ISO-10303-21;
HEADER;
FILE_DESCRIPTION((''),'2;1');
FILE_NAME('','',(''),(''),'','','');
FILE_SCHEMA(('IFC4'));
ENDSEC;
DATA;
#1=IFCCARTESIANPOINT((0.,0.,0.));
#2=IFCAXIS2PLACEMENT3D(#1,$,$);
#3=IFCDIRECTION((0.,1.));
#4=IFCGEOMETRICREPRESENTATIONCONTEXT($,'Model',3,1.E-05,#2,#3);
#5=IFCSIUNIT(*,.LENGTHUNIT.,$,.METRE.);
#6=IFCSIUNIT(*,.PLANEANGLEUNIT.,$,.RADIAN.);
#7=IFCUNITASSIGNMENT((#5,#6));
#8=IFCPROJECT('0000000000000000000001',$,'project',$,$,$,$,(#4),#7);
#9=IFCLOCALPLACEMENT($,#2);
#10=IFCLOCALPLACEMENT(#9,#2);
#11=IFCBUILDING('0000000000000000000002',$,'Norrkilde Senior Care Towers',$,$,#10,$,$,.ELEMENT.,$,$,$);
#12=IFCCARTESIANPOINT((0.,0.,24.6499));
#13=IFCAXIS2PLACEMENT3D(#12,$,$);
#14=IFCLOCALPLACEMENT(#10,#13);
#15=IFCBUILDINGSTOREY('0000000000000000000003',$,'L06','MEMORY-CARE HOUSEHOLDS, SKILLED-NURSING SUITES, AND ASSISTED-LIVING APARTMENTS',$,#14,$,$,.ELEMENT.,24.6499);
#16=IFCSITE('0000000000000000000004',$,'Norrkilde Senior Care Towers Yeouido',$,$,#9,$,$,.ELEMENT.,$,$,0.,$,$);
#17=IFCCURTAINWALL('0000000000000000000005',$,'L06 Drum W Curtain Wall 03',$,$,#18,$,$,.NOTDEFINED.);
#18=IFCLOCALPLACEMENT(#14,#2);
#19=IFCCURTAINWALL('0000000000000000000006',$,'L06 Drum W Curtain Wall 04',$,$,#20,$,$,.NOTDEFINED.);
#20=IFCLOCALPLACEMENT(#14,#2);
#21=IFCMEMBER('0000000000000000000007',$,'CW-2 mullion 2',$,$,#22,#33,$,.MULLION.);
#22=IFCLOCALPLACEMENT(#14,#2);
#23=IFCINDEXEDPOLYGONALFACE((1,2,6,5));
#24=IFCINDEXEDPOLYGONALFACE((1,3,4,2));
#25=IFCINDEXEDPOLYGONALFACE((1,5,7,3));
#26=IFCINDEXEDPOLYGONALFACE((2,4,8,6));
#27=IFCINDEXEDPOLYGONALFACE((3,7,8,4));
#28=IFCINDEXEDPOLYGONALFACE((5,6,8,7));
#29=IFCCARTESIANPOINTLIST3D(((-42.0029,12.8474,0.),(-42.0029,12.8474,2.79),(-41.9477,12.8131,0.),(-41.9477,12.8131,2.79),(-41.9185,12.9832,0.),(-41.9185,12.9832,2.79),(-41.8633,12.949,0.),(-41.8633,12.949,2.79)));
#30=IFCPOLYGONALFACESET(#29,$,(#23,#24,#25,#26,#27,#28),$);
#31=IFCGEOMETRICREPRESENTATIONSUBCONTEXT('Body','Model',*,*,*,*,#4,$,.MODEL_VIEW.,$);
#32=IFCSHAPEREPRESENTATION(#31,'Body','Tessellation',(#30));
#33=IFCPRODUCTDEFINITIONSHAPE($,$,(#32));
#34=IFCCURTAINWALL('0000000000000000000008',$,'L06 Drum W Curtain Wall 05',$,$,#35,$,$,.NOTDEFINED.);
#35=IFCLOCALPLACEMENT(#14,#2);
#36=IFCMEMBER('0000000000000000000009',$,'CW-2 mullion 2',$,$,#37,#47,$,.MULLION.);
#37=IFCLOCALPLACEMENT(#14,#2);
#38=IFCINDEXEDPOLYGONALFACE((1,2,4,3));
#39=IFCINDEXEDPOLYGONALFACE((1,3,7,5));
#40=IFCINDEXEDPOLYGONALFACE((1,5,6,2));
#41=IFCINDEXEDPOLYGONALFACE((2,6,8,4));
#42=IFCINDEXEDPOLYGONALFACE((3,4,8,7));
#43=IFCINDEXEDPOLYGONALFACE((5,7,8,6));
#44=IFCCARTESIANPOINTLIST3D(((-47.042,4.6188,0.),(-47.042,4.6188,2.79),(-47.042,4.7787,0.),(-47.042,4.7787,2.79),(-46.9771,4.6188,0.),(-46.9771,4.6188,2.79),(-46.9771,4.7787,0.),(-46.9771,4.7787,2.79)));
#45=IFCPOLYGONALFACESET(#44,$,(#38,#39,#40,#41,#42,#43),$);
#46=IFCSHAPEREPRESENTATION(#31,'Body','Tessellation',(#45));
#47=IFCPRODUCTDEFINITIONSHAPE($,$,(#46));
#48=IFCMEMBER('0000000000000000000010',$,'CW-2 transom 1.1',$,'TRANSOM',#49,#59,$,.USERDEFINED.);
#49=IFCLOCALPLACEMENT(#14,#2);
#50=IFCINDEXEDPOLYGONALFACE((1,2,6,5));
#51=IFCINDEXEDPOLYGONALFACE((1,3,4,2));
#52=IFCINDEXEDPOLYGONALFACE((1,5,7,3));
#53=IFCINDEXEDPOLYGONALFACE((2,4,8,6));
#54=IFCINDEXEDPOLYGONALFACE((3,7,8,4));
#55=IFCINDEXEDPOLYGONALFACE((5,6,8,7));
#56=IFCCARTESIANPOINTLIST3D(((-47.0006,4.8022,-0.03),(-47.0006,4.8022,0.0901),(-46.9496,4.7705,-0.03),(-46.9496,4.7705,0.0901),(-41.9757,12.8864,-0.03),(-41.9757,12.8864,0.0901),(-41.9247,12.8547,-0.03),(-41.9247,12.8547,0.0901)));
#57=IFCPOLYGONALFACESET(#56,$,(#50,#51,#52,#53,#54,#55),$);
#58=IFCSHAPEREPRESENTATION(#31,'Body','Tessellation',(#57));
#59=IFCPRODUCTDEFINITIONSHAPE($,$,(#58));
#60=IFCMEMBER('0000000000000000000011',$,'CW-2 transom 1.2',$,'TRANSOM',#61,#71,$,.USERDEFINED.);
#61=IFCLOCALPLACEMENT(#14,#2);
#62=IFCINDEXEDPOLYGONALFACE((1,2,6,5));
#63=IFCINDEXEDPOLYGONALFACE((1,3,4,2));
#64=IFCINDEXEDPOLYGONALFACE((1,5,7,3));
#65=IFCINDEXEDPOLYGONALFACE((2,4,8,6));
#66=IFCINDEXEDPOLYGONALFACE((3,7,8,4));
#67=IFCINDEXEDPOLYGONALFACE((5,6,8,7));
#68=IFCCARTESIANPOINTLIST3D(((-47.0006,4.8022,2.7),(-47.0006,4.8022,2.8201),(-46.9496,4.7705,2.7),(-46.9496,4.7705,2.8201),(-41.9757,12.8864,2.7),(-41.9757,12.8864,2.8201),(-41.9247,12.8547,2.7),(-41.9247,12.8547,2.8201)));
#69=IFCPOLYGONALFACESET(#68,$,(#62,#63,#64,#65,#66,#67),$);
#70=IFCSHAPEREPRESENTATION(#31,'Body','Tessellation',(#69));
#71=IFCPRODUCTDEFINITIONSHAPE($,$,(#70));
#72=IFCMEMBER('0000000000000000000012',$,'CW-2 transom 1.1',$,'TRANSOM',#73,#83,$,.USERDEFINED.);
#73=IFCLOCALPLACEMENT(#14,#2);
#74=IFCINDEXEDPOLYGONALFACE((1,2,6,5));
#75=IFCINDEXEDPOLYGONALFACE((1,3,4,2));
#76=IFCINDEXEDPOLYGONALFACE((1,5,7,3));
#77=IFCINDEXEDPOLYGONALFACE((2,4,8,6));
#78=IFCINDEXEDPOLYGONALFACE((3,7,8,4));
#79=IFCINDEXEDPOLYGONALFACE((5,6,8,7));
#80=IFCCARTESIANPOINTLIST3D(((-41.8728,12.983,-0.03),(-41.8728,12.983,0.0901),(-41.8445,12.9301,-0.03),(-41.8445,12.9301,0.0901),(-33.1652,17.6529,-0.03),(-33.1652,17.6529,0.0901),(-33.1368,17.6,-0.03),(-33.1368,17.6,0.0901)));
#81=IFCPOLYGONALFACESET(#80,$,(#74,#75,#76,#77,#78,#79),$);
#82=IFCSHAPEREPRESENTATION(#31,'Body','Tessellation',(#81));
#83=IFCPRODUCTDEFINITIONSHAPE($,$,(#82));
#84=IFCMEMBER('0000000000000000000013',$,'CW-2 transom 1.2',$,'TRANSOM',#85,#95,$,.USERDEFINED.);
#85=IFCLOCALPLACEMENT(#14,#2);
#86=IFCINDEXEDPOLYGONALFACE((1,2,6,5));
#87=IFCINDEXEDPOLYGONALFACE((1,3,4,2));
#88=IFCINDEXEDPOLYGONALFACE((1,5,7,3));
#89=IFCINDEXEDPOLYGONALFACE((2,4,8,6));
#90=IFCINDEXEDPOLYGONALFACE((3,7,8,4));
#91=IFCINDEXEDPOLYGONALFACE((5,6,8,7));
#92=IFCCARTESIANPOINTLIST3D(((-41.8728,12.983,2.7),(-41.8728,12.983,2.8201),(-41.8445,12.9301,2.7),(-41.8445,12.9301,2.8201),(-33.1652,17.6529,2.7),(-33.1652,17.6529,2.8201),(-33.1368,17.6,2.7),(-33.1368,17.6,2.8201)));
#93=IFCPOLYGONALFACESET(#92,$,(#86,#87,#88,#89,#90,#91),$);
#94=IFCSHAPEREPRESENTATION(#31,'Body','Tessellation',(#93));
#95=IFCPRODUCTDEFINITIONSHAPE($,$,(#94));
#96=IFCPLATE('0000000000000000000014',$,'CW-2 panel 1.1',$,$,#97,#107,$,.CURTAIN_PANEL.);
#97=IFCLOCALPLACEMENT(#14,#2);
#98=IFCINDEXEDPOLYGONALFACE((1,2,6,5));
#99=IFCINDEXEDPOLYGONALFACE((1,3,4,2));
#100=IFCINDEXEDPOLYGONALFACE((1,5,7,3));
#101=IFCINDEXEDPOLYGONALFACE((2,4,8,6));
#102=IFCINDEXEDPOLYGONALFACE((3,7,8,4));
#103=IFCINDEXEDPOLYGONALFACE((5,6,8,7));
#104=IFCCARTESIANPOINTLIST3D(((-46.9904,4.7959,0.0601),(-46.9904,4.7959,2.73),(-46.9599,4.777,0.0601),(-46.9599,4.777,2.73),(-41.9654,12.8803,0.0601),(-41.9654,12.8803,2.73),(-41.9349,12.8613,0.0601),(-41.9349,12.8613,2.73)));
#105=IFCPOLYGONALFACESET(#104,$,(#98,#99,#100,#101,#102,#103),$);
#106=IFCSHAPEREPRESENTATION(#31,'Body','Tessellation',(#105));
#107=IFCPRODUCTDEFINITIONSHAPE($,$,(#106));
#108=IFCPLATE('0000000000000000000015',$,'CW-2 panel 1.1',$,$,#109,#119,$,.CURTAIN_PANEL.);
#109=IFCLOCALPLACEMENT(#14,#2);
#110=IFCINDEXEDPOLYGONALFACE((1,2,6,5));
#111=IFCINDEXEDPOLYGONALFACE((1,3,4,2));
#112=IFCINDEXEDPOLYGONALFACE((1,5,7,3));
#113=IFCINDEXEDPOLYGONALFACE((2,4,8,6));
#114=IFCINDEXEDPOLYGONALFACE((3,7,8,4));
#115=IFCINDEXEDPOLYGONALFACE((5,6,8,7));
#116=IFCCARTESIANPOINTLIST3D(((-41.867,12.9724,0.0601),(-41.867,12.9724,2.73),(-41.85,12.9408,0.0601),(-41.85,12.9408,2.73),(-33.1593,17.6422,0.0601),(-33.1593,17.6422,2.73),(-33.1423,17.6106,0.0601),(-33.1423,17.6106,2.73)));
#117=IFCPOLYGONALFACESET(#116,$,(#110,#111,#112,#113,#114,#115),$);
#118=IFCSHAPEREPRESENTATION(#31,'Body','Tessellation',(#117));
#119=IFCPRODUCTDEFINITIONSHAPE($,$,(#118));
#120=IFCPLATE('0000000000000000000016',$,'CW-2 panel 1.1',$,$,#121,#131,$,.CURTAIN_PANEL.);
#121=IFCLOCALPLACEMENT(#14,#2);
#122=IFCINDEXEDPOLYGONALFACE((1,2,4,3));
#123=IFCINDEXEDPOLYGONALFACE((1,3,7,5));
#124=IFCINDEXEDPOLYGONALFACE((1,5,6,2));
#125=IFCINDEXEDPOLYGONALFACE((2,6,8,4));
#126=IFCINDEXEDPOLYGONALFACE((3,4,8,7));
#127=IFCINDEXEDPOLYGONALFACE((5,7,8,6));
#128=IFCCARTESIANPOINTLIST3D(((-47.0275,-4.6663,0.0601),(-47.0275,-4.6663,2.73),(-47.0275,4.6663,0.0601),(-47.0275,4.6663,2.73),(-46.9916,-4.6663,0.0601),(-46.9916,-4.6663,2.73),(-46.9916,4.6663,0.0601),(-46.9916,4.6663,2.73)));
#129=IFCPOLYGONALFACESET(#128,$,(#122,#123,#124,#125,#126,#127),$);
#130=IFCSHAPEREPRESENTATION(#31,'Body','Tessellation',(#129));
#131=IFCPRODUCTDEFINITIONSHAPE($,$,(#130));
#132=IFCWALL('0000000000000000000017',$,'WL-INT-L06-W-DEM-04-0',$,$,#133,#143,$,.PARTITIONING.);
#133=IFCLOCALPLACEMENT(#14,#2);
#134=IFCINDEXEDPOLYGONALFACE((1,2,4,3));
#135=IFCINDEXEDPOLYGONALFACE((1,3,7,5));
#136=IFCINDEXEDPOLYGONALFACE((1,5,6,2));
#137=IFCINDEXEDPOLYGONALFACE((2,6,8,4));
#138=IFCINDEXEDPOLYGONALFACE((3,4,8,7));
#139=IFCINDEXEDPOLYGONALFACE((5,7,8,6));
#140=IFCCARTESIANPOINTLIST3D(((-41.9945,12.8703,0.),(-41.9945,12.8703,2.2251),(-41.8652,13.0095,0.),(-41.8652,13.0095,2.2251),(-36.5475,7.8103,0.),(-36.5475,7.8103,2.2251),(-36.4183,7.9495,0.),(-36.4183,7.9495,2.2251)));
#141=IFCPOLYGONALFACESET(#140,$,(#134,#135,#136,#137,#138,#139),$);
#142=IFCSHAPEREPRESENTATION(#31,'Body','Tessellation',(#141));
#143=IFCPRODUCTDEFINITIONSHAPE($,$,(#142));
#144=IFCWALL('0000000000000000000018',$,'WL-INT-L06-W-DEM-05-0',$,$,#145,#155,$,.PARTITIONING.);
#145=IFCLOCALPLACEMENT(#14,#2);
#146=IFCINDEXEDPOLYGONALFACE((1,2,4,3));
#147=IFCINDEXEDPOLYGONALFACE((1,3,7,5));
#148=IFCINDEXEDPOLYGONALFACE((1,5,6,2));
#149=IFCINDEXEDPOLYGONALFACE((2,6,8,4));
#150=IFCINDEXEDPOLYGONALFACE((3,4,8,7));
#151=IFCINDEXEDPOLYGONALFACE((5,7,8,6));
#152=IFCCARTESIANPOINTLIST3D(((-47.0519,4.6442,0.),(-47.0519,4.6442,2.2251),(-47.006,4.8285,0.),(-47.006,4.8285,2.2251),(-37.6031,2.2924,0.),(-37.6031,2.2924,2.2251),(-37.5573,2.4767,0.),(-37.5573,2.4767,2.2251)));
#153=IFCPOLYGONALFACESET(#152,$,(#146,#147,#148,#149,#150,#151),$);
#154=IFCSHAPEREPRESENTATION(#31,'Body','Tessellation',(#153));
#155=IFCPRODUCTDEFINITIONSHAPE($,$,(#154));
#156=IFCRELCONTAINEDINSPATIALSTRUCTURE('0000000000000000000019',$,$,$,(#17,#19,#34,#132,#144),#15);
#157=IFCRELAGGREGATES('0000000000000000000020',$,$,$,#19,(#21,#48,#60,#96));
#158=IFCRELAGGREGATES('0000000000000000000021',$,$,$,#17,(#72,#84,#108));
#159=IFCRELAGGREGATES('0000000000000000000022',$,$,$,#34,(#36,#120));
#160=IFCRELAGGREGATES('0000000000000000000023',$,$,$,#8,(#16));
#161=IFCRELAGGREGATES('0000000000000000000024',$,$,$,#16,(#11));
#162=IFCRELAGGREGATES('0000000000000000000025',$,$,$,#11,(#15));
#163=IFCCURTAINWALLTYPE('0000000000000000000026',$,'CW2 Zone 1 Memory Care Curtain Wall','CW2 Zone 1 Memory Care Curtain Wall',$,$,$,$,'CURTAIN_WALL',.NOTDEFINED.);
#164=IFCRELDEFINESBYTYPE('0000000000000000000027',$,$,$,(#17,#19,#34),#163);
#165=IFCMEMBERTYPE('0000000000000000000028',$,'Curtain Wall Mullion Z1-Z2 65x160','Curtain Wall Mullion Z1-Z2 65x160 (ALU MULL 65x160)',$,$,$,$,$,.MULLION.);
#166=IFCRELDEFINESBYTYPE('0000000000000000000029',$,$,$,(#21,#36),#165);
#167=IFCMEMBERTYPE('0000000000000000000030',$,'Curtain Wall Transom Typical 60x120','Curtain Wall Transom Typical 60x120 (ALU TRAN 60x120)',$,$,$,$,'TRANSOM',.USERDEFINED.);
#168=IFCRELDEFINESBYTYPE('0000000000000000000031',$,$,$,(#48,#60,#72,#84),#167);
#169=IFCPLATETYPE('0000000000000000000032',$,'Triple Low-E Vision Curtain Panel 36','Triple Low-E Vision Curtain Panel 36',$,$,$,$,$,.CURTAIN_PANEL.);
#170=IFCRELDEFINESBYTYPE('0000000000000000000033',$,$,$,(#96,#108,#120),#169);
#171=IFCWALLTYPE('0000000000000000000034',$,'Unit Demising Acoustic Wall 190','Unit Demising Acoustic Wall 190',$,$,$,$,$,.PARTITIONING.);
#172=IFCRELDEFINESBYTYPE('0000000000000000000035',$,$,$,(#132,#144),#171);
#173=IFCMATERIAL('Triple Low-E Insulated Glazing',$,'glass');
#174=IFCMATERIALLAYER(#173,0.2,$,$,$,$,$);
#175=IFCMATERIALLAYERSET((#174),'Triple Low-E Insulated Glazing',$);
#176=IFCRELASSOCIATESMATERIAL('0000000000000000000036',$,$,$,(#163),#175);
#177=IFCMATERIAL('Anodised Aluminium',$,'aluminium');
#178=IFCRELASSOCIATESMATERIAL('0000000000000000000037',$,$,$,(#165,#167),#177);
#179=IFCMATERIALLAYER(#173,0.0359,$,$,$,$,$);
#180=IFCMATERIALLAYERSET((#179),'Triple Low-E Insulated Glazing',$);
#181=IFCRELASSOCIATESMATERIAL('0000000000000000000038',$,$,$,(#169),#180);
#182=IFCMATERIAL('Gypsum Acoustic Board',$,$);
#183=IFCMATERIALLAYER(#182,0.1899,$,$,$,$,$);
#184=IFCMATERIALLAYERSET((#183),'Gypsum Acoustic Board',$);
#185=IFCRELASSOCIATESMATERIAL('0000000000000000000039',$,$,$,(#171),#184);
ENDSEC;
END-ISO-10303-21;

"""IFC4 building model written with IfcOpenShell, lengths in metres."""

from ifc_helpers import new_model, si_unit, direction, frame, frame_2d, origin, origin_2d, place, context, subcontext, project, spatial, rectangle, extrude, source, transform, mapped, material, layer, layer_set, material_profile, profile_set, type_object, type_shapes, element, aggregate, save


model = new_model("IFC4")

# Units and contexts
model_context = context("Model", 3, precision=1e-05, world=origin(), true_north=direction((0.0, 1.0)))
body_context = subcontext(model_context, "Body", "Model", "MODEL_VIEW")
ifc_project = project(units=[si_unit("LENGTHUNIT", "METRE"), si_unit("PLANEANGLEUNIT", "RADIAN")], contexts=[model_context])

# Site, building, storey
site_placement = place(None, origin())
site = spatial("IfcSite", under=ifc_project, at=site_placement, Name="Norrkilde Senior Care Towers Yeouido", CompositionType="ELEMENT", RefElevation=0.0)
building_placement = place(site_placement, origin())
building = spatial("IfcBuilding", under=site, at=building_placement, Name="Norrkilde Senior Care Towers", CompositionType="ELEMENT")
storey_placement = place(building_placement, frame((0.0, 0.0, 24.6499)))
storey = spatial("IfcBuildingStorey", under=building, at=storey_placement, Name="L06", Description="MEMORY-CARE HOUSEHOLDS, SKILLED-NURSING SUITES, AND ASSISTED-LIVING APARTMENTS", CompositionType="ELEMENT", Elevation=24.6499)

# Curtain wall
ifc_material_1 = material(Name="Triple Low-E Insulated Glazing", Category="glass")
ifc_layer_1 = layer(ifc_material_1, 0.2)
ifc_layer_set_1 = layer_set([ifc_layer_1], Name="Triple Low-E Insulated Glazing")
curtain_wall_type = type_object("IfcCurtainWallType", Name="CW2 Zone 1 Memory Care Curtain Wall", Description="CW2 Zone 1 Memory Care Curtain Wall", ElementType="CURTAIN_WALL", PredefinedType="NOTDEFINED", material=ifc_layer_set_1)
curtain_wall_1_placement = place(storey_placement, origin())
curtain_wall_1 = element("IfcCurtainWall", 1, at=curtain_wall_1_placement, inside=storey, type_object=curtain_wall_type, Name="L06 Drum W Curtain Wall 03", PredefinedType="NOTDEFINED")
ifc_material_2 = material(Name="Anodised Aluminium", Category="aluminium")
ifc_material_profile_1 = material_profile(ifc_material_2, rectangle(XDim=0.0649, YDim=0.1599, at=origin_2d()), Name="ALU MULL 65x160")
ifc_profile_set_1 = profile_set([ifc_material_profile_1], Name="Anodised Aluminium")
member_type_1 = type_object("IfcMemberType", Name="Curtain Wall Mullion Z1-Z2 65x160", Description="Curtain Wall Mullion Z1-Z2 65x160 (ALU MULL 65x160)", PredefinedType="MULLION", material=ifc_profile_set_1)
shared_shape_1 = source(origin(), body_context, "Body", "SweptSolid", [
    extrude(rectangle(XDim=0.0649, YDim=0.1599, at=origin_2d()), origin(), (0.0, 0.0, 1.0), 2.79),
])
type_shapes(member_type_1, [shared_shape_1])

# Curtain wall, member
curtain_wall_2_placement = place(storey_placement, origin())
curtain_wall_2 = element("IfcCurtainWall", 2, at=curtain_wall_2_placement, inside=storey, type_object=curtain_wall_type, Name="L06 Drum W Curtain Wall 04", PredefinedType="NOTDEFINED")
member_1_placement = place(storey_placement, frame((-41.9331, 12.8982, 0.0), z_axis=(0.0, 0.0, 1.0), x_axis=(-0.849306, 0.527901, 0.0)))
member_1 = element("IfcMember", 3, at=member_1_placement, type_object=member_type_1, Name="CW-2 mullion 2", PredefinedType="MULLION", context=body_context, shape_type="MappedRepresentation", body=[
    mapped(shared_shape_1, transform((0.0, 0.0, 0.0), x_axis=(1.0, 0.0, 0.0), y_axis=(0.0, 1.0, 0.0), z_axis=(0.0, 0.0, 1.0), scale=1.0)),
])

# Curtain wall, member
curtain_wall_3_placement = place(storey_placement, origin())
curtain_wall_3 = element("IfcCurtainWall", 4, at=curtain_wall_3_placement, inside=storey, type_object=curtain_wall_type, Name="L06 Drum W Curtain Wall 05", PredefinedType="NOTDEFINED")
member_2_placement = place(storey_placement, frame((-47.0095, 4.6987, 0.0), z_axis=(0.0, 0.0, 1.0), x_axis=(-1.0, 0.0, 0.0)))
member_2 = element("IfcMember", 5, at=member_2_placement, type_object=member_type_1, Name="CW-2 mullion 2", PredefinedType="MULLION", context=body_context, shape_type="MappedRepresentation", body=[
    mapped(shared_shape_1, transform((0.0, 0.0, 0.0), x_axis=(1.0, 0.0, 0.0), y_axis=(0.0, 1.0, 0.0), z_axis=(0.0, 0.0, 1.0), scale=1.0)),
])

# Members
ifc_material_profile_2 = material_profile(ifc_material_2, rectangle(XDim=0.0601, YDim=0.1201, at=origin_2d()), Name="ALU TRAN 60x120")
ifc_profile_set_2 = profile_set([ifc_material_profile_2], Name="Anodised Aluminium")
member_type_2 = type_object("IfcMemberType", Name="Curtain Wall Transom Typical 60x120", Description="Curtain Wall Transom Typical 60x120 (ALU TRAN 60x120)", ElementType="TRANSOM", PredefinedType="USERDEFINED", material=ifc_profile_set_2)
shared_shape_2 = source(origin(), body_context, "Body", "SweptSolid", [
    extrude(rectangle(XDim=0.0601, YDim=0.1201, at=origin_2d()), origin(), (0.0, 0.0, 1.0), 9.5186),
])
member_3_placement = place(storey_placement, frame((-46.9751, 4.7864, 0.03), z_axis=(0.527902, 0.849306, 0.0), x_axis=(-0.849306, 0.527902, 0.0)))
member_3 = element("IfcMember", 6, at=member_3_placement, type_object=member_type_2, Name="CW-2 transom 1.1", ObjectType="TRANSOM", PredefinedType="USERDEFINED", context=body_context, shape_type="MappedRepresentation", body=[
    mapped(shared_shape_2, transform((0.0, 0.0, 0.0), x_axis=(1.0, 0.0, 0.0), y_axis=(0.0, 1.0, 0.0), z_axis=(0.0, 0.0, 1.0), scale=1.0)),
])
member_4_placement = place(storey_placement, frame((-46.9751, 4.7864, 2.76), z_axis=(0.527902, 0.849306, 0.0), x_axis=(-0.849306, 0.527902, 0.0)))
member_4 = element("IfcMember", 7, at=member_4_placement, type_object=member_type_2, Name="CW-2 transom 1.2", ObjectType="TRANSOM", PredefinedType="USERDEFINED", context=body_context, shape_type="MappedRepresentation", body=[
    mapped(shared_shape_2, transform((0.0, 0.0, 0.0), x_axis=(1.0, 0.0, 0.0), y_axis=(0.0, 1.0, 0.0), z_axis=(0.0, 0.0, 1.0), scale=1.0)),
])
shared_shape_3 = source(origin(), body_context, "Body", "SweptSolid", [
    extrude(rectangle(XDim=0.0601, YDim=0.1201, at=origin_2d()), origin(), (0.0, 0.0, 1.0), 9.8809),
])
type_shapes(member_type_2, [shared_shape_2, shared_shape_3])
member_5_placement = place(storey_placement, frame((-41.8586, 12.9565, 0.03), z_axis=(0.881267, 0.472618, 0.0), x_axis=(-0.472618, 0.881267, 0.0)))
member_5 = element("IfcMember", 8, at=member_5_placement, type_object=member_type_2, Name="CW-2 transom 1.1", ObjectType="TRANSOM", PredefinedType="USERDEFINED", context=body_context, shape_type="MappedRepresentation", body=[
    mapped(shared_shape_3, transform((0.0, 0.0, 0.0), x_axis=(1.0, 0.0, 0.0), y_axis=(0.0, 1.0, 0.0), z_axis=(0.0, 0.0, 1.0), scale=1.0)),
])
member_6_placement = place(storey_placement, frame((-41.8586, 12.9565, 2.76), z_axis=(0.881267, 0.472618, 0.0), x_axis=(-0.472618, 0.881267, 0.0)))
member_6 = element("IfcMember", 9, at=member_6_placement, type_object=member_type_2, Name="CW-2 transom 1.2", ObjectType="TRANSOM", PredefinedType="USERDEFINED", context=body_context, shape_type="MappedRepresentation", body=[
    mapped(shared_shape_3, transform((0.0, 0.0, 0.0), x_axis=(1.0, 0.0, 0.0), y_axis=(0.0, 1.0, 0.0), z_axis=(0.0, 0.0, 1.0), scale=1.0)),
])

# Plates
ifc_layer_2 = layer(ifc_material_1, 0.0359)
ifc_layer_set_2 = layer_set([ifc_layer_2], Name="Triple Low-E Insulated Glazing")
plate_type = type_object("IfcPlateType", Name="Triple Low-E Vision Curtain Panel 36", Description="Triple Low-E Vision Curtain Panel 36", PredefinedType="CURTAIN_PANEL", material=ifc_layer_set_2)
shared_shape_4 = source(origin(), body_context, "Body", "SweptSolid", [
    extrude(rectangle(XDim=9.5188, YDim=0.0359, at=origin_2d()), origin(), (0.0, 0.0, 1.0), 2.6699),
])
plate_1_placement = place(storey_placement, frame((-44.4626, 8.8286, 0.0601), z_axis=(0.0, 0.0, 1.0), x_axis=(0.527901, 0.849306, 0.0)))
plate_1 = element("IfcPlate", 10, at=plate_1_placement, type_object=plate_type, Name="CW-2 panel 1.1", PredefinedType="CURTAIN_PANEL", context=body_context, shape_type="MappedRepresentation", body=[
    mapped(shared_shape_4, transform((0.0, 0.0, 0.0), x_axis=(1.0, 0.0, 0.0), y_axis=(0.0, 1.0, 0.0), z_axis=(0.0, 0.0, 1.0), scale=1.0)),
])
aggregate(curtain_wall_2, [member_1, member_3, member_4, plate_1])
shared_shape_5 = source(origin(), body_context, "Body", "SweptSolid", [
    extrude(rectangle(XDim=9.8809, YDim=0.0359, at=origin_2d()), origin(), (0.0, 0.0, 1.0), 2.6699),
])
plate_2_placement = place(storey_placement, frame((-37.5046, 15.2915, 0.0601), z_axis=(0.0, 0.0, 1.0), x_axis=(0.881273, 0.472608, 0.0)))
plate_2 = element("IfcPlate", 11, at=plate_2_placement, type_object=plate_type, Name="CW-2 panel 1.1", PredefinedType="CURTAIN_PANEL", context=body_context, shape_type="MappedRepresentation", body=[
    mapped(shared_shape_5, transform((0.0, 0.0, 0.0), x_axis=(1.0, 0.0, 0.0), y_axis=(0.0, 1.0, 0.0), z_axis=(0.0, 0.0, 1.0), scale=1.0)),
])
aggregate(curtain_wall_1, [member_5, member_6, plate_2])
shared_shape_6 = source(origin(), body_context, "Body", "SweptSolid", [
    extrude(rectangle(XDim=9.3325, YDim=0.0359, at=origin_2d()), origin(), (0.0, 0.0, 1.0), 2.6699),
])
type_shapes(plate_type, [shared_shape_4, shared_shape_5, shared_shape_6])
plate_3_placement = place(storey_placement, frame((-47.0095, 0.0, 0.0601), z_axis=(0.0, 0.0, 1.0), x_axis=(0.0, 1.0, 0.0)))
plate_3 = element("IfcPlate", 12, at=plate_3_placement, type_object=plate_type, Name="CW-2 panel 1.1", PredefinedType="CURTAIN_PANEL", context=body_context, shape_type="MappedRepresentation", body=[
    mapped(shared_shape_6, transform((0.0, 0.0, 0.0), x_axis=(1.0, 0.0, 0.0), y_axis=(0.0, 1.0, 0.0), z_axis=(0.0, 0.0, 1.0), scale=1.0)),
])
aggregate(curtain_wall_3, [member_2, plate_3])

# Shared definitions
ifc_material_3 = material(Name="Gypsum Acoustic Board")

# Walls
ifc_layer_3 = layer(ifc_material_3, 0.1899)
ifc_layer_set_3 = layer_set([ifc_layer_3], Name="Gypsum Acoustic Board")
wall_type_1 = type_object("IfcWallType", Name="Unit Demising Acoustic Wall 190", Description="Unit Demising Acoustic Wall 190", PredefinedType="PARTITIONING", material=ifc_layer_set_3)
shared_shape_7 = source(origin(), body_context, "Body", "SweptSolid", [
    extrude(rectangle(XDim=7.4346, YDim=0.1899, at=frame_2d((3.7173, 0.0))), origin(), (0.0, 0.0, 1.0), 2.2251),
])
wall_1_placement = place(storey_placement, frame((-36.4829, 7.8799, 0.0), z_axis=(0.0, 0.0, 1.0), x_axis=(-0.732652, 0.680603, 0.0)))
element("IfcWall", 13, at=wall_1_placement, inside=storey, type_object=wall_type_1, Name="WL-INT-L06-W-DEM-04-0", PredefinedType="PARTITIONING", context=body_context, shape_type="MappedRepresentation", body=[
    mapped(shared_shape_7, transform((0.0, 0.0, 0.0), x_axis=(1.0, 0.0, 0.0), y_axis=(0.0, 1.0, 0.0), z_axis=(0.0, 0.0, 1.0), scale=1.0)),
])
shared_shape_8 = source(origin(), body_context, "Body", "SweptSolid", [
    extrude(rectangle(XDim=9.7371, YDim=0.1899, at=frame_2d((4.8687, 0.0))), origin(), (0.0, 0.0, 1.0), 2.2251),
])
type_shapes(wall_type_1, [shared_shape_7, shared_shape_8])
wall_2_placement = place(storey_placement, frame((-37.5801, 2.3845, 0.0), z_axis=(0.0, 0.0, 1.0), x_axis=(-0.970393, 0.241533, 0.0)))
element("IfcWall", 14, at=wall_2_placement, inside=storey, type_object=wall_type_1, Name="WL-INT-L06-W-DEM-05-0", PredefinedType="PARTITIONING", context=body_context, shape_type="MappedRepresentation", body=[
    mapped(shared_shape_8, transform((0.0, 0.0, 0.0), x_axis=(1.0, 0.0, 0.0), y_axis=(0.0, 1.0, 0.0), z_axis=(0.0, 0.0, 1.0), scale=1.0)),
])

save(model, "model.ifc")
